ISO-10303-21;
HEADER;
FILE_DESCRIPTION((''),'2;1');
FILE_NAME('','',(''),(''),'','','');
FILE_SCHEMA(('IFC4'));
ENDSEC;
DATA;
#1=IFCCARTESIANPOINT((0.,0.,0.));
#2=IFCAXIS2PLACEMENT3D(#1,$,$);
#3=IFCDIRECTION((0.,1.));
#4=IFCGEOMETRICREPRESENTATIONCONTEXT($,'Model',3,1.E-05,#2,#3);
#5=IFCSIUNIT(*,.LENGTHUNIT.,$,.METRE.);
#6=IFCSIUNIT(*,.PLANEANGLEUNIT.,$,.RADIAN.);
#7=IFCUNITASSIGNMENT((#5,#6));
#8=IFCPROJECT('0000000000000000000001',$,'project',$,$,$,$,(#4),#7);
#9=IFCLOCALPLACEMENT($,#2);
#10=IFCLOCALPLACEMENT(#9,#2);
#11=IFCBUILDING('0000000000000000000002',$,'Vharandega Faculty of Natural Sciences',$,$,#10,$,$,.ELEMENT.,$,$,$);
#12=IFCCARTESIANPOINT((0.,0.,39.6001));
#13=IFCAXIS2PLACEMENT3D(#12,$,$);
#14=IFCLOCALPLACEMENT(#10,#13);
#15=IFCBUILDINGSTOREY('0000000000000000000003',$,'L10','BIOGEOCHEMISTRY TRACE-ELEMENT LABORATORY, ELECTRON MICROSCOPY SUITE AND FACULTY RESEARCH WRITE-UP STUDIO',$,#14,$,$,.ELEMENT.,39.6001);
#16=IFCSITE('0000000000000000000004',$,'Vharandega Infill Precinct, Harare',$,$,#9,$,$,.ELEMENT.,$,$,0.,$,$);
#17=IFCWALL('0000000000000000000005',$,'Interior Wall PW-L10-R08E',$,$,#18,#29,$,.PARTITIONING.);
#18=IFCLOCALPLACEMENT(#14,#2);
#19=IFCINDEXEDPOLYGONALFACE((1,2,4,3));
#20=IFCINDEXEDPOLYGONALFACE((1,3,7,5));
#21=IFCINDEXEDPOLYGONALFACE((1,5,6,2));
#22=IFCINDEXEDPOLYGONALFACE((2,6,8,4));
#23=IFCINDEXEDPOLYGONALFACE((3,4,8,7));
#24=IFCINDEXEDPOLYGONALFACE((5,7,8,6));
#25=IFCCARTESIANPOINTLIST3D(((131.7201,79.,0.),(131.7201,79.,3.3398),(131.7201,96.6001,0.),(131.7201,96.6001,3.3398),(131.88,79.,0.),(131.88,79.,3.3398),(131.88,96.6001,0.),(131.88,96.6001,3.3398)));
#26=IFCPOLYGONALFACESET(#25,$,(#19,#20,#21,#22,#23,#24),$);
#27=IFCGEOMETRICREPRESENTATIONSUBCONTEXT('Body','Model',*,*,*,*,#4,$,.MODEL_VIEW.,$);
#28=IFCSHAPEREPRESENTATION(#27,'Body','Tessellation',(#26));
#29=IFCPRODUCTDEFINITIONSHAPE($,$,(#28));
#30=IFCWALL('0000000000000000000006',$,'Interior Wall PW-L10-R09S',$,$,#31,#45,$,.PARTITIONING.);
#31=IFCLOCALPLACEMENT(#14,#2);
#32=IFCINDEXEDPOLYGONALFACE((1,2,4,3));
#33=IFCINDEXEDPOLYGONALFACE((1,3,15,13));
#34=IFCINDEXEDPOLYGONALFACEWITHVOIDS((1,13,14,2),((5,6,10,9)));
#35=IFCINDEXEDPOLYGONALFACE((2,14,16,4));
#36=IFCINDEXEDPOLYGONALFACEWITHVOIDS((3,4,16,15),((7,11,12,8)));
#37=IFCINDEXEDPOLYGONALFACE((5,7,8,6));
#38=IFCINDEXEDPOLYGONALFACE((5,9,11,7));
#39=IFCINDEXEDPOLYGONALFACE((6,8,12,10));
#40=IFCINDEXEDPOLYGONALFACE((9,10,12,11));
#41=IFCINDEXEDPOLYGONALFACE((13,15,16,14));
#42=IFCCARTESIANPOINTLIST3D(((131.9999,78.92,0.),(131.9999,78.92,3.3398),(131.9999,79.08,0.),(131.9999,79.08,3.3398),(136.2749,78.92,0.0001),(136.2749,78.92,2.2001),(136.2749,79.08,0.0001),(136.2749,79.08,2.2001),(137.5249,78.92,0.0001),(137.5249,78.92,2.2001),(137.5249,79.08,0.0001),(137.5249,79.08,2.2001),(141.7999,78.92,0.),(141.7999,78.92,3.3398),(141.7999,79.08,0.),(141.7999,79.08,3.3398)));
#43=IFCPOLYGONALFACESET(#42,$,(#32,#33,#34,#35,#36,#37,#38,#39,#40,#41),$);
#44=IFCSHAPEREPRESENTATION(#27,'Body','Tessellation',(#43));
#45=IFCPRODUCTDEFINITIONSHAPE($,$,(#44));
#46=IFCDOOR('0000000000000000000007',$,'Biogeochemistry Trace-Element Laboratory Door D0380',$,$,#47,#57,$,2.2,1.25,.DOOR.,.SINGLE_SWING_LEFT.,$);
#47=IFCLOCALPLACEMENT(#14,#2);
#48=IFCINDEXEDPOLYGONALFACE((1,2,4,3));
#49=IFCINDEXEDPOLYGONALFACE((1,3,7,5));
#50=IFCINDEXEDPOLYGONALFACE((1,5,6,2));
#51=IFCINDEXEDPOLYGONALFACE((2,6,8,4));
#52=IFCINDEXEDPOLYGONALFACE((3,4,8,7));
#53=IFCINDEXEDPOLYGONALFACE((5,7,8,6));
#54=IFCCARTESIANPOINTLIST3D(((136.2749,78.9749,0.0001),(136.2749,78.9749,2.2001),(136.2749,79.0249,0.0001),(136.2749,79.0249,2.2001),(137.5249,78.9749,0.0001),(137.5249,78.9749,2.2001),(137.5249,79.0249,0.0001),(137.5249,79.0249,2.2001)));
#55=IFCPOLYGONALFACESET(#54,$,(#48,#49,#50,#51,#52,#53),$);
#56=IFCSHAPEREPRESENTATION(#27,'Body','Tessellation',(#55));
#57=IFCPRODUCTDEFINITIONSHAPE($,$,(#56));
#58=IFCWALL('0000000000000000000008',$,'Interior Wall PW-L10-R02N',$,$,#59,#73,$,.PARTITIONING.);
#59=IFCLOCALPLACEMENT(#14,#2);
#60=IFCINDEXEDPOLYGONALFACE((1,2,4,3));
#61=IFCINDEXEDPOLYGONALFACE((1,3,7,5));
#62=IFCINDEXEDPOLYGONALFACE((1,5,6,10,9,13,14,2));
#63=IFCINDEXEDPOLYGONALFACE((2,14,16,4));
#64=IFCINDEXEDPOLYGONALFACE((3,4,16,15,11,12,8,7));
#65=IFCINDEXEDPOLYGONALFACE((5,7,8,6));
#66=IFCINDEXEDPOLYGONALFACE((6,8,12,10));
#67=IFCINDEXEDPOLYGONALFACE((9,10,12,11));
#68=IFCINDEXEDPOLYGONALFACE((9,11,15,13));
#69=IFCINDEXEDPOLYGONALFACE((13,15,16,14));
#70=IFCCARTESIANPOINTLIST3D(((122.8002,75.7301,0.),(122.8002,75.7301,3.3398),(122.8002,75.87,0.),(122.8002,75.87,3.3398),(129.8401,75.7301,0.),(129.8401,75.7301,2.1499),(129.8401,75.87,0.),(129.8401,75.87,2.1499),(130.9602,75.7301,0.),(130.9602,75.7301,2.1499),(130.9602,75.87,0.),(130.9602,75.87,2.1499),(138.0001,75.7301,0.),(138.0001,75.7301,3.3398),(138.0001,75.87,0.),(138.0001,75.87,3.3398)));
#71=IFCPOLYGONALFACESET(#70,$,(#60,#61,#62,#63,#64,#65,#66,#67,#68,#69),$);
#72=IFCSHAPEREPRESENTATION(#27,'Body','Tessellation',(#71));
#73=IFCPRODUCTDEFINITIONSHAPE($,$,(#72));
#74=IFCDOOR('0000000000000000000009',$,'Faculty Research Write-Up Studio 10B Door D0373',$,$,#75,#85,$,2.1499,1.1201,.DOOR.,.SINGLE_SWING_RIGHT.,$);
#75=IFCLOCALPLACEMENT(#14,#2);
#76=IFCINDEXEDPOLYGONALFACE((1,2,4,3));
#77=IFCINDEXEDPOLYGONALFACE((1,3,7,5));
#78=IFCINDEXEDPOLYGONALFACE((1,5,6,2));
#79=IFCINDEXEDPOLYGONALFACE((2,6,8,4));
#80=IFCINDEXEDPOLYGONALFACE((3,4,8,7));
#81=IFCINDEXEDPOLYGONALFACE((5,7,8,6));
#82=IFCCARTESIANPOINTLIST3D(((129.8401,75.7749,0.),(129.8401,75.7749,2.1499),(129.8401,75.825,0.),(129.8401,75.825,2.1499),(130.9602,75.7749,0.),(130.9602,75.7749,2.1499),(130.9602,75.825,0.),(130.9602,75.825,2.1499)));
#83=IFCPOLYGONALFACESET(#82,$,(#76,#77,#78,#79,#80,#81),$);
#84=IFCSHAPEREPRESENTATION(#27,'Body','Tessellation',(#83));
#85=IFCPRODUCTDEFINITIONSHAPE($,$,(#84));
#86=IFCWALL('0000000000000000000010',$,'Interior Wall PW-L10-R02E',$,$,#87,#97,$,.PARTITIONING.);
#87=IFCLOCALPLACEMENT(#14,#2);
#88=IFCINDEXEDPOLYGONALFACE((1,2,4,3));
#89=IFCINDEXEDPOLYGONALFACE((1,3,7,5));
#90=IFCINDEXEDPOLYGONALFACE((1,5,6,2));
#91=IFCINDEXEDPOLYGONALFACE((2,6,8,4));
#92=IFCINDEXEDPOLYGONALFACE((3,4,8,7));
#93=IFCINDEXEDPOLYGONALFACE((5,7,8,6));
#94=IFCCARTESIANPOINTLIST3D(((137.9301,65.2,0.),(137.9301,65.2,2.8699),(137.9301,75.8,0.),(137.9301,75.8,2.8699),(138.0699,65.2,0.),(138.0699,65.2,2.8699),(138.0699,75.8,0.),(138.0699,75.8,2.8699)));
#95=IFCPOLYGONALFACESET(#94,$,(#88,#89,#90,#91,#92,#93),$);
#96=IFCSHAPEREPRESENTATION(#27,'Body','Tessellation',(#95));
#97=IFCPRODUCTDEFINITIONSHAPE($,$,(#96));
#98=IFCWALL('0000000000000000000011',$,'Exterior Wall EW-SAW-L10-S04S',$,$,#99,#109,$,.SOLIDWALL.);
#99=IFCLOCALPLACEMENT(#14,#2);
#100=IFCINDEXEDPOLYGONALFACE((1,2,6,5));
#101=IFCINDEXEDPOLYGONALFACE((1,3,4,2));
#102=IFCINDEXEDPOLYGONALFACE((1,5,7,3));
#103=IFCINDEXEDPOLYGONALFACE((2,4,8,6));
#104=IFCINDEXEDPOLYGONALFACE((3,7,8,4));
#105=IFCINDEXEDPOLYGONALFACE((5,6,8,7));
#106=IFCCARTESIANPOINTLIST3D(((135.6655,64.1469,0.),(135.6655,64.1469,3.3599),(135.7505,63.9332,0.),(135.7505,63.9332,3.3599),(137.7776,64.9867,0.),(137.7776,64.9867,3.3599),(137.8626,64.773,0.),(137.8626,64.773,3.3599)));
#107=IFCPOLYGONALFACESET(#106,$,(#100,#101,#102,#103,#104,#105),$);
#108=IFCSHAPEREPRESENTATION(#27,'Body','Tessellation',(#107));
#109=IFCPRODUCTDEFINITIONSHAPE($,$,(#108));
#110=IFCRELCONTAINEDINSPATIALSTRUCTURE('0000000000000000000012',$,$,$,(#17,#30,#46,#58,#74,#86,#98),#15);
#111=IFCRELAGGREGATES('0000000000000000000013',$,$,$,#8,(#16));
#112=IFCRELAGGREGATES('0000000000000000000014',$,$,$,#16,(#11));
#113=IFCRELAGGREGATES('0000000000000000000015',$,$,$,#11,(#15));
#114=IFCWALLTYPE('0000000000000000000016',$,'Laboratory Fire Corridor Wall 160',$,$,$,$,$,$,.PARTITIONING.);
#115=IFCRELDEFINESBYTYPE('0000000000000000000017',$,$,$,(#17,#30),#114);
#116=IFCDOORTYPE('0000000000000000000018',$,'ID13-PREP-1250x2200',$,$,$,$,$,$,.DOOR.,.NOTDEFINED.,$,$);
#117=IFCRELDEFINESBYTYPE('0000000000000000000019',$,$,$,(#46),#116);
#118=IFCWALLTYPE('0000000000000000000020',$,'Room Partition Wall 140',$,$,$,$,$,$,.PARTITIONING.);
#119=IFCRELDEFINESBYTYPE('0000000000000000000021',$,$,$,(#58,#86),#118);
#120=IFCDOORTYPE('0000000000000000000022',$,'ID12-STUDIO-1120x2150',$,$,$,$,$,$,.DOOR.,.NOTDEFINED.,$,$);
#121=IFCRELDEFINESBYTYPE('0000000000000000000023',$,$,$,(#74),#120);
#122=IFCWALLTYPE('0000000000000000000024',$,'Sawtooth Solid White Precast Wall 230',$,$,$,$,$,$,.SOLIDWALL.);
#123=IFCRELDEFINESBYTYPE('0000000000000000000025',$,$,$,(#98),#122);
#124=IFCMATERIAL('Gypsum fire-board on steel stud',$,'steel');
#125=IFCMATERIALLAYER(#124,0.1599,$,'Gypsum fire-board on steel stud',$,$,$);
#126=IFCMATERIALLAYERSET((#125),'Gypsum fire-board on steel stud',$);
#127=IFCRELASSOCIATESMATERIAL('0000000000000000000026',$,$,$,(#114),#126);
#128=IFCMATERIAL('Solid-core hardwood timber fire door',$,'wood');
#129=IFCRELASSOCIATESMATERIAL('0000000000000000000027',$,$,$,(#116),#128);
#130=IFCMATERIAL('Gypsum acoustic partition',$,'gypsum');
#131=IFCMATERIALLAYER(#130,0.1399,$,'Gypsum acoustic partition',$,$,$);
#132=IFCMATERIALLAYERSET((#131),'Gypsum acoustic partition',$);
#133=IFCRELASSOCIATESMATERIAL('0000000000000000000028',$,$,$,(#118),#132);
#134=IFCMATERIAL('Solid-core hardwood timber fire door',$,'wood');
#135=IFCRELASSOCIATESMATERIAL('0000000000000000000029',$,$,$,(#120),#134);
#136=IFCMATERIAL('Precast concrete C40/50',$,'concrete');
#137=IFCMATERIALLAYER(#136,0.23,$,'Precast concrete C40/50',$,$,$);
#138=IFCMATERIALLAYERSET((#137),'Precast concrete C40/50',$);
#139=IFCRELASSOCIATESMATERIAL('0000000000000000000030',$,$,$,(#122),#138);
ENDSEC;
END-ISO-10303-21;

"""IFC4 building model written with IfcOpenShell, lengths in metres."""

from ifc_helpers import new_model, si_unit, direction, frame, frame_2d, origin, place, context, subcontext, project, spatial, rectangle, extrude, material, layer, layer_set, type_object, element, fill, save


model = new_model("IFC4")

# Units and contexts
model_context = context("Model", 3, precision=1e-05, world=origin(), true_north=direction((0.0, 1.0)))
body_context = subcontext(model_context, "Body", "Model", "MODEL_VIEW")
ifc_project = project(units=[si_unit("LENGTHUNIT", "METRE"), si_unit("PLANEANGLEUNIT", "RADIAN")], contexts=[model_context])

# Site, building, storey
site_placement = place(None, origin())
site = spatial("IfcSite", under=ifc_project, at=site_placement, Name="Vharandega Infill Precinct, Harare", CompositionType="ELEMENT", RefElevation=0.0)
building_placement = place(site_placement, origin())
building = spatial("IfcBuilding", under=site, at=building_placement, Name="Vharandega Faculty of Natural Sciences", CompositionType="ELEMENT")
storey_placement = place(building_placement, frame((0.0, 0.0, 39.6001)))
storey = spatial("IfcBuildingStorey", under=building, at=storey_placement, Name="L10", Description="BIOGEOCHEMISTRY TRACE-ELEMENT LABORATORY, ELECTRON MICROSCOPY SUITE AND FACULTY RESEARCH WRITE-UP STUDIO", CompositionType="ELEMENT", Elevation=39.6001)

# Shared definitions
ifc_material_1 = material(Name="Gypsum fire-board on steel stud", Category="steel")
ifc_layer_1 = layer(ifc_material_1, 0.1599, Name="Gypsum fire-board on steel stud")
ifc_layer_set_1 = layer_set([ifc_layer_1], Name="Gypsum fire-board on steel stud")
wall_type_1 = type_object("IfcWallType", Name="Laboratory Fire Corridor Wall 160", PredefinedType="PARTITIONING", material=ifc_layer_set_1)

# Wall
wall_1_placement = place(storey_placement, frame((131.8, 79.0, 0.0), z_axis=(0.0, 0.0, 1.0), x_axis=(0.0, 1.0, 0.0)))
element("IfcWall", 1, at=wall_1_placement, inside=storey, type_object=wall_type_1, Name="Interior Wall PW-L10-R08E", PredefinedType="PARTITIONING", context=body_context, shape_type="SweptSolid", body=[
    extrude(rectangle(XDim=17.6001, YDim=0.1599, at=frame_2d((8.8, 0.0))), origin(), (0.0, 0.0, 1.0), 3.3398),
])

# Walls, openings, doors
wall_2_placement = place(storey_placement, frame((132.0, 79.0, 0.0), z_axis=(0.0, 0.0, 1.0), x_axis=(1.0, 0.0, 0.0)))
wall_2 = element("IfcWall", 2, at=wall_2_placement, inside=storey, type_object=wall_type_1, Name="Interior Wall PW-L10-R09S", PredefinedType="PARTITIONING", context=body_context, shape_type="SweptSolid", body=[
    extrude(rectangle(XDim=9.8, YDim=0.1599, at=frame_2d((4.8999, 0.0))), origin(), (0.0, 0.0, 1.0), 3.3398),
])
opening_1_placement = place(wall_2_placement, frame((4.2749, 0.0, 0.0)))
opening_1 = element("IfcOpeningElement", 3, at=opening_1_placement, cuts=wall_2, PredefinedType="OPENING", context=body_context, shape_type="SweptSolid", body=[
    extrude(rectangle(XDim=1.25, YDim=2.2, at=frame_2d((0.625, 1.1001))), frame((0.0, 0.0898, 0.0), z_axis=(0.0, -1.0, 0.0), x_axis=(1.0, 0.0, 0.0)), (0.0, 0.0, 1.0), 0.1799),
])
ifc_material_2 = material(Name="Solid-core hardwood timber fire door", Category="wood")
door_type_1 = type_object("IfcDoorType", Name="ID13-PREP-1250x2200", OperationType="NOTDEFINED", PredefinedType="DOOR", material=ifc_material_2)
door_1_placement = place(opening_1_placement, origin())
door_1 = element("IfcDoor", 4, at=door_1_placement, inside=storey, type_object=door_type_1, Name="Biogeochemistry Trace-Element Laboratory Door D0380", OperationType="SINGLE_SWING_LEFT", OverallHeight=2.2, OverallWidth=1.25, PredefinedType="DOOR", context=body_context, shape_type="SweptSolid", body=[
    extrude(rectangle(XDim=1.25, YDim=2.2, at=frame_2d((0.625, 1.1001))), frame((0.0, 0.0249, 0.0), z_axis=(0.0, -1.0, 0.0), x_axis=(1.0, 0.0, 0.0)), (0.0, 0.0, 1.0), 0.05),
])
fill(opening_1, door_1)
ifc_material_3 = material(Name="Gypsum acoustic partition", Category="gypsum")
ifc_layer_2 = layer(ifc_material_3, 0.1399, Name="Gypsum acoustic partition")
ifc_layer_set_2 = layer_set([ifc_layer_2], Name="Gypsum acoustic partition")
wall_type_2 = type_object("IfcWallType", Name="Room Partition Wall 140", PredefinedType="PARTITIONING", material=ifc_layer_set_2)
wall_3_placement = place(storey_placement, frame((122.8, 75.8, 0.0), z_axis=(0.0, 0.0, 1.0), x_axis=(1.0, 0.0, 0.0)))
wall_3 = element("IfcWall", 5, at=wall_3_placement, inside=storey, type_object=wall_type_2, Name="Interior Wall PW-L10-R02N", PredefinedType="PARTITIONING", context=body_context, shape_type="SweptSolid", body=[
    extrude(rectangle(XDim=15.2, YDim=0.1399, at=frame_2d((7.6001, 0.0))), origin(), (0.0, 0.0, 1.0), 3.3398),
])
opening_2_placement = place(wall_3_placement, frame((7.04, 0.0, 0.0)))
opening_2 = element("IfcOpeningElement", 6, at=opening_2_placement, cuts=wall_3, PredefinedType="OPENING", context=body_context, shape_type="SweptSolid", body=[
    extrude(rectangle(XDim=1.1201, YDim=2.1499, at=frame_2d((0.5601, 1.075))), frame((0.0, 0.0801, 0.0), z_axis=(0.0, -1.0, 0.0), x_axis=(1.0, 0.0, 0.0)), (0.0, 0.0, 1.0), 0.1599),
])
ifc_material_4 = material(Name="Solid-core hardwood timber fire door", Category="wood")
door_type_2 = type_object("IfcDoorType", Name="ID12-STUDIO-1120x2150", OperationType="NOTDEFINED", PredefinedType="DOOR", material=ifc_material_4)
door_2_placement = place(opening_2_placement, origin())
door_2 = element("IfcDoor", 7, at=door_2_placement, inside=storey, type_object=door_type_2, Name="Faculty Research Write-Up Studio 10B Door D0373", OperationType="SINGLE_SWING_RIGHT", OverallHeight=2.1499, OverallWidth=1.1201, PredefinedType="DOOR", context=body_context, shape_type="SweptSolid", body=[
    extrude(rectangle(XDim=1.1201, YDim=2.1499, at=frame_2d((0.5601, 1.075))), frame((0.0, 0.0249, 0.0), z_axis=(0.0, -1.0, 0.0), x_axis=(1.0, 0.0, 0.0)), (0.0, 0.0, 1.0), 0.05),
])
fill(opening_2, door_2)

# Walls
wall_4_placement = place(storey_placement, frame((138.0, 65.2, 0.0), z_axis=(0.0, 0.0, 1.0), x_axis=(0.0, 1.0, 0.0)))
element("IfcWall", 8, at=wall_4_placement, inside=storey, type_object=wall_type_2, Name="Interior Wall PW-L10-R02E", PredefinedType="PARTITIONING", context=body_context, shape_type="SweptSolid", body=[
    extrude(rectangle(XDim=10.6001, YDim=0.1399, at=frame_2d((5.3, 0.0))), origin(), (0.0, 0.0, 1.0), 2.8699),
])
ifc_material_5 = material(Name="Precast concrete C40/50", Category="concrete")
ifc_layer_3 = layer(ifc_material_5, 0.23, Name="Precast concrete C40/50")
ifc_layer_set_3 = layer_set([ifc_layer_3], Name="Precast concrete C40/50")
wall_type_3 = type_object("IfcWallType", Name="Sawtooth Solid White Precast Wall 230", PredefinedType="SOLIDWALL", material=ifc_layer_set_3)
wall_5_placement = place(storey_placement, frame((137.8201, 64.8799, 0.0), z_axis=(0.0, 0.0, 1.0), x_axis=(-0.92923, -0.369501, 0.0)))
element("IfcWall", 9, at=wall_5_placement, inside=storey, type_object=wall_type_3, Name="Exterior Wall EW-SAW-L10-S04S", PredefinedType="SOLIDWALL", context=body_context, shape_type="SweptSolid", body=[
    extrude(rectangle(XDim=2.2729, YDim=0.23, at=frame_2d((1.1365, 0.0))), origin(), (0.0, 0.0, 1.0), 3.3599),
])

save(model, "model.ifc")
